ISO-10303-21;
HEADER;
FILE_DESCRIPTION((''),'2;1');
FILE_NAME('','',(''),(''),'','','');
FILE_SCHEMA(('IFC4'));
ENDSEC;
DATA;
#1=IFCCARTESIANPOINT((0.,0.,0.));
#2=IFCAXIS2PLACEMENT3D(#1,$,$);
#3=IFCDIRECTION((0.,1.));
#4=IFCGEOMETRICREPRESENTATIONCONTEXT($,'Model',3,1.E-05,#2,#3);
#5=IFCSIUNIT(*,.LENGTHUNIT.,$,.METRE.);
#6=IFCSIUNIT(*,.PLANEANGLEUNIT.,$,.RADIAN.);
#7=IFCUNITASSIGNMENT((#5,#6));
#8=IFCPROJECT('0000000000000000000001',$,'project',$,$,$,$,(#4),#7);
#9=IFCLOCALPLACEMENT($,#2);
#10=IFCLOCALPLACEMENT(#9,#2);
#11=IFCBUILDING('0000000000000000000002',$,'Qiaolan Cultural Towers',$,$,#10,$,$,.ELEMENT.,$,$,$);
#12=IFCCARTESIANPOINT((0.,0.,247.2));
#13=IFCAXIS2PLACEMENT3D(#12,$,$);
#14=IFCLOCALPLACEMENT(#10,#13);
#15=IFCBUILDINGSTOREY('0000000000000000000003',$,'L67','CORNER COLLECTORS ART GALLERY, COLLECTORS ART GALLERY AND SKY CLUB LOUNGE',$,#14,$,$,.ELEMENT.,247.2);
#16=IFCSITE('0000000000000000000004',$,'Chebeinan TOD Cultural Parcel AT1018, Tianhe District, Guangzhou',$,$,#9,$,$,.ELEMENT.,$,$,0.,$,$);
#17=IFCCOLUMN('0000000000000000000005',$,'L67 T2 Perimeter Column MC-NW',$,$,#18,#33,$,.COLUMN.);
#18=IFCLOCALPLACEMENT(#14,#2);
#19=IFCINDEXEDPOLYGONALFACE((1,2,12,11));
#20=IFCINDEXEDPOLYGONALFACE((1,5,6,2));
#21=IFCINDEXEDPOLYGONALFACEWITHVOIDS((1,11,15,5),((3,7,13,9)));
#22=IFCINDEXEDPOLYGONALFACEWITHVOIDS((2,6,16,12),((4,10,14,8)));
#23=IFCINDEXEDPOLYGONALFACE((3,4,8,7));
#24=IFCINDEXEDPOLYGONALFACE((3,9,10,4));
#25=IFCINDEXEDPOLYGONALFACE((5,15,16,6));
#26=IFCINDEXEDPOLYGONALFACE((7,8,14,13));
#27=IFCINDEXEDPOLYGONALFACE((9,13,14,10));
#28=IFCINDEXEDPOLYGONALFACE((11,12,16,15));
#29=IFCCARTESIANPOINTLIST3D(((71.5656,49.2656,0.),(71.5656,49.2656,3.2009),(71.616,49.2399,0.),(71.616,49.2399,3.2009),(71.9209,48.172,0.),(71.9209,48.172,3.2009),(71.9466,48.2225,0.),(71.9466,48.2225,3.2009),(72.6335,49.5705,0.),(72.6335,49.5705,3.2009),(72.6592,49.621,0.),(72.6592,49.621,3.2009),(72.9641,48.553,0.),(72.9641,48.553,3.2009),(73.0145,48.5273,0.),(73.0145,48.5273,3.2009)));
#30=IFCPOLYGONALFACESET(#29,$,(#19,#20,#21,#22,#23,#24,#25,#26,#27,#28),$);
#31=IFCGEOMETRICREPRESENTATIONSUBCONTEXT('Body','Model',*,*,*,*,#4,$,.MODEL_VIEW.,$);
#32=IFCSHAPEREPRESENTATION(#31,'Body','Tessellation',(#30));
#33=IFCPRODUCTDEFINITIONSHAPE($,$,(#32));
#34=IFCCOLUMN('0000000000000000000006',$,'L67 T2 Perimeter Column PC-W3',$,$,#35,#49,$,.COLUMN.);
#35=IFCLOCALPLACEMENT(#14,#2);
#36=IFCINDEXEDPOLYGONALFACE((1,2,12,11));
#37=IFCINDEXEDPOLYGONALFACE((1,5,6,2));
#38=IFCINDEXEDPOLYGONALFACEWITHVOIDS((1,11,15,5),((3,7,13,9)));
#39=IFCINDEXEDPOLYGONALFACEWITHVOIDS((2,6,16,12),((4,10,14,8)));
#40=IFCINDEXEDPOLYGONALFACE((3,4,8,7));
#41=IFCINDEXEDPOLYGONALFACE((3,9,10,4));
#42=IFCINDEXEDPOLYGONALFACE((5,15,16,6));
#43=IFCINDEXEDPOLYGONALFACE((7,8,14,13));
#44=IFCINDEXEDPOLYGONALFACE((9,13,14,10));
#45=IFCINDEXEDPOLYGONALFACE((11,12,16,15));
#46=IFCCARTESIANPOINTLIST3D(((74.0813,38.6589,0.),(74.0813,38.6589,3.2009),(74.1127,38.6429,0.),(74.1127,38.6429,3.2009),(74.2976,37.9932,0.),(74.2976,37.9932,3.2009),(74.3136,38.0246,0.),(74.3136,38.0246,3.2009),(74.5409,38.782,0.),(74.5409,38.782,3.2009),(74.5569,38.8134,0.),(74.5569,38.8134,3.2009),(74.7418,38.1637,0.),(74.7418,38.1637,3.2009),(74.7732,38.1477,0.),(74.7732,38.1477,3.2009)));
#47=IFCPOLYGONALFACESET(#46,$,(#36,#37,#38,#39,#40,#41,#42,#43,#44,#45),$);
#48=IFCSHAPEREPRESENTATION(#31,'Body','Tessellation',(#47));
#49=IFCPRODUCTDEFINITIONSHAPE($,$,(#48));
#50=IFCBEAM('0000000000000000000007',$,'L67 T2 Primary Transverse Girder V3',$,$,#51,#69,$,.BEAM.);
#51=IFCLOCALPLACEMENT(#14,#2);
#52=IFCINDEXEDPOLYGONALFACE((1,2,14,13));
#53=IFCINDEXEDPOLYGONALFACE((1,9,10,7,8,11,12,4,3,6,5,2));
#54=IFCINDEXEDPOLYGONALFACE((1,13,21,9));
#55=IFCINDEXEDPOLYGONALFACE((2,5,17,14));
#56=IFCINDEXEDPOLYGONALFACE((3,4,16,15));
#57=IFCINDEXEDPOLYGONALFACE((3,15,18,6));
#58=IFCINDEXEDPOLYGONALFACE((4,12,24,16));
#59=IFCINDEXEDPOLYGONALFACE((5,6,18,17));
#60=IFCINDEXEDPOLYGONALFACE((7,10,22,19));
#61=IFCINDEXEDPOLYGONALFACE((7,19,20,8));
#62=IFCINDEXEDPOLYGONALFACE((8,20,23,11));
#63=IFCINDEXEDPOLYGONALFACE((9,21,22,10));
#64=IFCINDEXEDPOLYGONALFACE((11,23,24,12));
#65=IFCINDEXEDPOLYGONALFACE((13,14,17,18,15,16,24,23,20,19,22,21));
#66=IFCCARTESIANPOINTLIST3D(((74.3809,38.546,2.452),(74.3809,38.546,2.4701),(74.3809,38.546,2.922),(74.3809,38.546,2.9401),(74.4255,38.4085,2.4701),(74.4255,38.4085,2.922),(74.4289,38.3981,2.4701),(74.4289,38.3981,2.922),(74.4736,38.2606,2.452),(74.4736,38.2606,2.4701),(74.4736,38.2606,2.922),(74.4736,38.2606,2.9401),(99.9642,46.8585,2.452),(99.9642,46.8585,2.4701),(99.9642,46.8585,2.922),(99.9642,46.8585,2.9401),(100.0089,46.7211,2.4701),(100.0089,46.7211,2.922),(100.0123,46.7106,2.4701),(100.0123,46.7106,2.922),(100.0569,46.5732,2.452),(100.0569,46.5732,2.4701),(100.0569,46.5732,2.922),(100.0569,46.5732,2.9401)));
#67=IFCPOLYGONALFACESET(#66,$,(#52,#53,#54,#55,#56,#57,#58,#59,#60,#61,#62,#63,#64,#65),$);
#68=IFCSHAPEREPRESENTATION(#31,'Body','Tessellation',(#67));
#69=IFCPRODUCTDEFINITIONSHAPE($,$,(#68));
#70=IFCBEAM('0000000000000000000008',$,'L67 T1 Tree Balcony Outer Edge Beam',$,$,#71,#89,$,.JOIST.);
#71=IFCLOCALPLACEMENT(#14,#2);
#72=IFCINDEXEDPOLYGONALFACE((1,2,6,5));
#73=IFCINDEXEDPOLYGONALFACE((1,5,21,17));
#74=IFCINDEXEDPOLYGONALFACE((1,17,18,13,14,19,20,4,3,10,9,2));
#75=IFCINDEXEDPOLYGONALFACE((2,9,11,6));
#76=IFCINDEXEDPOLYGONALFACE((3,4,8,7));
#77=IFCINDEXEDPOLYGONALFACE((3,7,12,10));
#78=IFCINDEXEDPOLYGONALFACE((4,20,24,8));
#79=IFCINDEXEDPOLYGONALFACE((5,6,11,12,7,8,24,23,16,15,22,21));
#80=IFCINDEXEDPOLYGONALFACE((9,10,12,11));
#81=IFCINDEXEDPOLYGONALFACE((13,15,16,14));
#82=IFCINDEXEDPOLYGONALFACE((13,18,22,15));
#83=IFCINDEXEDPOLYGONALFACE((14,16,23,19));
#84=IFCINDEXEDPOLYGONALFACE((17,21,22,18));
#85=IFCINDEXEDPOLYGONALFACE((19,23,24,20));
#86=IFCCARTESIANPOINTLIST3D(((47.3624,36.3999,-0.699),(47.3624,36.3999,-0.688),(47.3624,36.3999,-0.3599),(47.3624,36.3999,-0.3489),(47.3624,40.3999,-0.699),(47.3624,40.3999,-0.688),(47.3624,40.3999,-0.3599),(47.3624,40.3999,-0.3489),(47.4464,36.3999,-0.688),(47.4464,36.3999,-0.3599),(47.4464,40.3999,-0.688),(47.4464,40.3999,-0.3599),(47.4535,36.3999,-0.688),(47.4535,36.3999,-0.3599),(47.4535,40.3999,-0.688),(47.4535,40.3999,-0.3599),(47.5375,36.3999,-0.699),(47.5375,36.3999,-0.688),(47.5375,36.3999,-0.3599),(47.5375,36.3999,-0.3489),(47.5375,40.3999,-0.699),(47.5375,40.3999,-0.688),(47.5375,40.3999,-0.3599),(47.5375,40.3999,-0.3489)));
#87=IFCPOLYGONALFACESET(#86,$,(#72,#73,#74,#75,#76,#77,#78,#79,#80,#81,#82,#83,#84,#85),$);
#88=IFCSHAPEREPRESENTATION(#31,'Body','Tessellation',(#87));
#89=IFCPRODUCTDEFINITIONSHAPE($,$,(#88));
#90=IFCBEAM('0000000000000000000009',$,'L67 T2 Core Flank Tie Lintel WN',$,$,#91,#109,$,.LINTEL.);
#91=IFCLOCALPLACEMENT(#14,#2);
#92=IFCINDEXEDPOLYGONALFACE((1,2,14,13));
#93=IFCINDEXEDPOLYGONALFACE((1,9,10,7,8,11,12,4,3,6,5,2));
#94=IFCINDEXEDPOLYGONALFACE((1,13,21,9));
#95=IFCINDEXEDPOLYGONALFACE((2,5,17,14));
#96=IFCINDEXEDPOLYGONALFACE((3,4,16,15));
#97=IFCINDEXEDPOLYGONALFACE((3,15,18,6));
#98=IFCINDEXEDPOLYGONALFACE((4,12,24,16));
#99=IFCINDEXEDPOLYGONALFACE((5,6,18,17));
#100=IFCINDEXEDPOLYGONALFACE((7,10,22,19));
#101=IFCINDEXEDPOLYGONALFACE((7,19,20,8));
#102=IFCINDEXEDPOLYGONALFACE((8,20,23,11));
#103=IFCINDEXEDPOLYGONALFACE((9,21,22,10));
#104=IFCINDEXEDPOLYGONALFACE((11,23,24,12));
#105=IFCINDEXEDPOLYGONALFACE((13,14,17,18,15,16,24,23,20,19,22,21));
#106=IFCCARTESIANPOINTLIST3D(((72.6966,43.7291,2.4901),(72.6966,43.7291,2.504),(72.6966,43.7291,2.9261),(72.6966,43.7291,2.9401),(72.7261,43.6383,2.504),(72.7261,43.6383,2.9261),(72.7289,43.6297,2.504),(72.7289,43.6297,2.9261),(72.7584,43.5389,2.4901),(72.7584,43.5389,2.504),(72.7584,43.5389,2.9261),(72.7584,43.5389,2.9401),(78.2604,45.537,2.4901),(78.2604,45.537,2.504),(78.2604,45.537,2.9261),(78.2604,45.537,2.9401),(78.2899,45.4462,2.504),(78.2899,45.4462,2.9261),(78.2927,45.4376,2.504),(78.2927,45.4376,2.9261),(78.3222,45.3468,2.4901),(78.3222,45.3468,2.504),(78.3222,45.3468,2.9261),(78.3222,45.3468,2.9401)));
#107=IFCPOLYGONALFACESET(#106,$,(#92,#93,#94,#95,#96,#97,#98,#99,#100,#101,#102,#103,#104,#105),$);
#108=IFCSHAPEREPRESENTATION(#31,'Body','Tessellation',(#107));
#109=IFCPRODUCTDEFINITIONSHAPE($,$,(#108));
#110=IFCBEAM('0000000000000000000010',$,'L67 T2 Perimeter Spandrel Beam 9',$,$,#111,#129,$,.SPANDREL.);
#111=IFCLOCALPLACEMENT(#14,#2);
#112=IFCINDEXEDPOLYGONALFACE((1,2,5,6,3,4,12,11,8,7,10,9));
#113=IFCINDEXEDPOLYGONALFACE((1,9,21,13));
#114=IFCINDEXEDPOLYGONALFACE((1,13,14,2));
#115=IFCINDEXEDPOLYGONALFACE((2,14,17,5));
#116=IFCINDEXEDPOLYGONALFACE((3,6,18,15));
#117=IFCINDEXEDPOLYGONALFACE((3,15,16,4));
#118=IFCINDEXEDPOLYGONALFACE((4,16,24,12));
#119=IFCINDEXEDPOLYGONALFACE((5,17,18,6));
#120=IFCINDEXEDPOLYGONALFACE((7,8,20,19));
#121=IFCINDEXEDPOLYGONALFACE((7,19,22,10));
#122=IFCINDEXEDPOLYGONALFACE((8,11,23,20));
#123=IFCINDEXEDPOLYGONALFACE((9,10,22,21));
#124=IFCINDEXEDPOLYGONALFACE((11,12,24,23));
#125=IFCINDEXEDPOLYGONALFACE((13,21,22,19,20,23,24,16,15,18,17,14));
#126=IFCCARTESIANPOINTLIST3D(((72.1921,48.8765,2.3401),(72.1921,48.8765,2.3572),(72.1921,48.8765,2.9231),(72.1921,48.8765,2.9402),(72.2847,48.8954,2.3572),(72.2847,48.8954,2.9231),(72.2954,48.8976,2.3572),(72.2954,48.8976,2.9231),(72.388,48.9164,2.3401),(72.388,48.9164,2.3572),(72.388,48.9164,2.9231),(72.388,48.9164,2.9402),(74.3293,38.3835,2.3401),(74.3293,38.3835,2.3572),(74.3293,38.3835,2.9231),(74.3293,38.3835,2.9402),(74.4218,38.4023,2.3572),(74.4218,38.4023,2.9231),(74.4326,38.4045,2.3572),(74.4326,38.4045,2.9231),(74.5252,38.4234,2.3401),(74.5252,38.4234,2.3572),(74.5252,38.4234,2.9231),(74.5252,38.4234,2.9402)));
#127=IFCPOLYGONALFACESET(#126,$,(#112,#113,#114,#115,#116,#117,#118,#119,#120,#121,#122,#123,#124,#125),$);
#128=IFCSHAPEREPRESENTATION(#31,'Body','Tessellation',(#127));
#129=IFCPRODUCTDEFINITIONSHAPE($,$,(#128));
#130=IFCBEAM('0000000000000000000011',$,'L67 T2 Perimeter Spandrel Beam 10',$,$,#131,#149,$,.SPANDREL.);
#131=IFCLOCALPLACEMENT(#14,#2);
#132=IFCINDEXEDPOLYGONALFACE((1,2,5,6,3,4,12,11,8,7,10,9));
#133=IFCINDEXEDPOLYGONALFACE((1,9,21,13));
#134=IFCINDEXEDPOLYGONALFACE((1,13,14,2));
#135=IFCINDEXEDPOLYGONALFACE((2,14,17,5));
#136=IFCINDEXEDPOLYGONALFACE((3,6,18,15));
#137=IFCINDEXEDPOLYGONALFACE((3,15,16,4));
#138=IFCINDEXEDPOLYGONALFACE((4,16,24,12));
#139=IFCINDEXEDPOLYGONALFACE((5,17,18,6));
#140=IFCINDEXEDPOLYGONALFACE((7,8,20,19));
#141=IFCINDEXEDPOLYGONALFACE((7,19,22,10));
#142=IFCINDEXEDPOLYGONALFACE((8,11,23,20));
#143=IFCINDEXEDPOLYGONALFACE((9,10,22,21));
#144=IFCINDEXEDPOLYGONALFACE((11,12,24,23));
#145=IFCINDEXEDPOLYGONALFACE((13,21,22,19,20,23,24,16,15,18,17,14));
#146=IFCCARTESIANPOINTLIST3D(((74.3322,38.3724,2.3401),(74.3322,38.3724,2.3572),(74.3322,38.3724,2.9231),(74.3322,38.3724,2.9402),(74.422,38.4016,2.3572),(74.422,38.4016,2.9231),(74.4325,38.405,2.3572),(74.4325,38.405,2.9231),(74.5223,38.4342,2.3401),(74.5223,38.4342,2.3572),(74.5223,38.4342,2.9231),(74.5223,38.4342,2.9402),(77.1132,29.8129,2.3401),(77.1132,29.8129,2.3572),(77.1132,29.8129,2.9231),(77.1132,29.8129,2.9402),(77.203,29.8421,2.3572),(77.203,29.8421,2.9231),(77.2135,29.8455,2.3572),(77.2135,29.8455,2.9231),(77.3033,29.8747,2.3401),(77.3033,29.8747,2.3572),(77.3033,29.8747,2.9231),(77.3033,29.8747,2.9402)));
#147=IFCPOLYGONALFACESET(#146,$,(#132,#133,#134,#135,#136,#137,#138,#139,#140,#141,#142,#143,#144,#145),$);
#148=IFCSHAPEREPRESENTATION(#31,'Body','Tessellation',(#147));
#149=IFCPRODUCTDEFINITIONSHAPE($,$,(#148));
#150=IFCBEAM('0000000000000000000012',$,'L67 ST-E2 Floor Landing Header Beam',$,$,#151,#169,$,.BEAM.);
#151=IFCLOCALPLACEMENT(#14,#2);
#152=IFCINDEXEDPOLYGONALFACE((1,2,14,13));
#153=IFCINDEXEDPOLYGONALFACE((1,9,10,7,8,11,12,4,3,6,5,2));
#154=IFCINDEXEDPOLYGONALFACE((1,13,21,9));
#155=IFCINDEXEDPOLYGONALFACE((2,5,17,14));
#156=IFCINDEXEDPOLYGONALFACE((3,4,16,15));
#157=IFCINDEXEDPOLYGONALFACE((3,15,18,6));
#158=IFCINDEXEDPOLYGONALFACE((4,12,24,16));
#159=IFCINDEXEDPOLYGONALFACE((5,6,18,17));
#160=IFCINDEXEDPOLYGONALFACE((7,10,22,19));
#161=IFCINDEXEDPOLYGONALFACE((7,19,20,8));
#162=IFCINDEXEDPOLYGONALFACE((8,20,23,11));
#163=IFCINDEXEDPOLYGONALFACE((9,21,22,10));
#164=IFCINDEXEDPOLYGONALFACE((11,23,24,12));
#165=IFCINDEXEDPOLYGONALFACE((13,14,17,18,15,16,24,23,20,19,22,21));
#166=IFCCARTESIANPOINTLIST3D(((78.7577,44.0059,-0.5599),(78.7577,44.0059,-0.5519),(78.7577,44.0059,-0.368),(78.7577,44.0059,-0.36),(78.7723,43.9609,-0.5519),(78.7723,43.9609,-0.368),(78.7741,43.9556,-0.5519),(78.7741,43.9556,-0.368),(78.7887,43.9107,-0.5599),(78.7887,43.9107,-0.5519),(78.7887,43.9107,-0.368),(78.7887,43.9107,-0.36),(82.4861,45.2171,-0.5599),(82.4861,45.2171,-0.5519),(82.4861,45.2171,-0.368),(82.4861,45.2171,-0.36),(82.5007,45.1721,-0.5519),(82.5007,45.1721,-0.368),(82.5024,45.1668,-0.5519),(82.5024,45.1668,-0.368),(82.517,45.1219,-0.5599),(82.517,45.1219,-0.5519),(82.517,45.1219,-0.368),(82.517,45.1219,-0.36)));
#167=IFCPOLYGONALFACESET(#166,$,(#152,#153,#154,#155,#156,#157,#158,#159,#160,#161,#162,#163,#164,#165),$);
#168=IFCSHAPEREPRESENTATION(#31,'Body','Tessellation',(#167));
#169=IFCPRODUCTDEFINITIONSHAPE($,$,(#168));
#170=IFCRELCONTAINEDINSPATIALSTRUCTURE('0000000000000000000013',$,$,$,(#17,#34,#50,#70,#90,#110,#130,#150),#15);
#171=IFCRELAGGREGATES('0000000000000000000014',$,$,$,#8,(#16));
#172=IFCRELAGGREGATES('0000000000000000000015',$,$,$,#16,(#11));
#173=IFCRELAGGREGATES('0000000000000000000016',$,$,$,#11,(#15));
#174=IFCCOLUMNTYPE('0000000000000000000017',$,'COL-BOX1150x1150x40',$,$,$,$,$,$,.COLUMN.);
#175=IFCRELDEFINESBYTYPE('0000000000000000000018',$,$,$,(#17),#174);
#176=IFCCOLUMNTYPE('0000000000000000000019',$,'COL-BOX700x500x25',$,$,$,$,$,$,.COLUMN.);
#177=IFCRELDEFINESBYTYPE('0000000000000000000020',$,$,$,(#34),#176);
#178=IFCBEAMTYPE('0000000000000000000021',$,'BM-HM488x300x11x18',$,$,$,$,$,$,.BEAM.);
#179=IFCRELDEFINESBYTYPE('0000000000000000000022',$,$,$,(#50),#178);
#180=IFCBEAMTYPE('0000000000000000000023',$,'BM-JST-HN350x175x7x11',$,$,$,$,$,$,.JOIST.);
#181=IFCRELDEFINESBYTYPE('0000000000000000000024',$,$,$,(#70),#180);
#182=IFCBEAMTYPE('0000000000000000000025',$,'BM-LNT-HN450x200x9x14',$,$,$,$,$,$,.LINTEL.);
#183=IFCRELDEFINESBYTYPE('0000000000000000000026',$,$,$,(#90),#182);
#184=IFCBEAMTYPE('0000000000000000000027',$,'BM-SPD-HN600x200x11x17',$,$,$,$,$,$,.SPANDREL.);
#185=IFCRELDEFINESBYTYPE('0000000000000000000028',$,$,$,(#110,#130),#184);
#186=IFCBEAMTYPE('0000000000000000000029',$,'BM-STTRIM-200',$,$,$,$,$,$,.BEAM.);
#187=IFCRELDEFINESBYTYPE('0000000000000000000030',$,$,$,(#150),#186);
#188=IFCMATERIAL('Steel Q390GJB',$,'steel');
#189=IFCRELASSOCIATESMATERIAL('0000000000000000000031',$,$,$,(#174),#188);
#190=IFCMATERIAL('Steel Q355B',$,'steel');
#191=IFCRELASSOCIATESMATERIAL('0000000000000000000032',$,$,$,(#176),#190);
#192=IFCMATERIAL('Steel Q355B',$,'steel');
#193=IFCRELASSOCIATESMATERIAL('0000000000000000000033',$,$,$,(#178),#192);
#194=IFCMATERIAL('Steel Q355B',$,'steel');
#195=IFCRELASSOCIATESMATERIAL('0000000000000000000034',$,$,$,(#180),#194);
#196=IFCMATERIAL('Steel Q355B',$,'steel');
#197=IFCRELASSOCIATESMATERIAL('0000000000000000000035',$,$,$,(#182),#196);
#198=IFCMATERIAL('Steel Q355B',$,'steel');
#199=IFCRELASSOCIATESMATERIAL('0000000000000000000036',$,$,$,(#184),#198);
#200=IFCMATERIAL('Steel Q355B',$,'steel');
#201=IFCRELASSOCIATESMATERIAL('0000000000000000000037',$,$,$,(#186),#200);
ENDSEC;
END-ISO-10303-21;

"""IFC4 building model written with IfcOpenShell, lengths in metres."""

from ifc_helpers import new_model, si_unit, direction, frame, origin, origin_2d, place, context, subcontext, project, spatial, hollow_rectangle, i_section, extrude, material, material_profile, profile_set, type_object, element, save


model = new_model("IFC4")

# Units and contexts
model_context = context("Model", 3, precision=1e-05, world=origin(), true_north=direction((0.0, 1.0)))
body_context = subcontext(model_context, "Body", "Model", "MODEL_VIEW")
ifc_project = project(units=[si_unit("LENGTHUNIT", "METRE"), si_unit("PLANEANGLEUNIT", "RADIAN")], contexts=[model_context])

# Site, building, storey
site_placement = place(None, origin())
site = spatial("IfcSite", under=ifc_project, at=site_placement, Name="Chebeinan TOD Cultural Parcel AT1018, Tianhe District, Guangzhou", CompositionType="ELEMENT", RefElevation=0.0)
building_placement = place(site_placement, origin())
building = spatial("IfcBuilding", under=site, at=building_placement, Name="Qiaolan Cultural Towers", CompositionType="ELEMENT")
storey_placement = place(building_placement, frame((0.0, 0.0, 247.2)))
storey = spatial("IfcBuildingStorey", under=building, at=storey_placement, Name="L67", Description="CORNER COLLECTORS ART GALLERY, COLLECTORS ART GALLERY AND SKY CLUB LOUNGE", CompositionType="ELEMENT", Elevation=247.2)

# Columns
ifc_material_1 = material(Name="Steel Q390GJB", Category="steel")
ifc_material_profile_1 = material_profile(ifc_material_1, hollow_rectangle(XDim=1.1499, YDim=1.1499, WallThickness=0.04, at=origin_2d()), Name="BOX1150x1150x40")
ifc_profile_set_1 = profile_set([ifc_material_profile_1], Name="Steel Q390GJB")
column_type_1 = type_object("IfcColumnType", Name="COL-BOX1150x1150x40", PredefinedType="COLUMN", material=ifc_profile_set_1)
column_1_placement = place(storey_placement, frame((72.29, 48.8965, 0.0), z_axis=(0.0, 0.0, 1.0), x_axis=(0.951057, 0.309017, 0.0)))
element("IfcColumn", 1, at=column_1_placement, inside=storey, type_object=column_type_1, Name="L67 T2 Perimeter Column MC-NW", PredefinedType="COLUMN", context=body_context, shape_type="SweptSolid", body=[
    extrude(hollow_rectangle(XDim=1.1499, YDim=1.1499, WallThickness=0.04, at=origin_2d()), origin(), (0.0, 0.0, 1.0), 3.2009),
])
ifc_material_2 = material(Name="Steel Q355B", Category="steel")
ifc_material_profile_2 = material_profile(ifc_material_2, hollow_rectangle(XDim=0.5, YDim=0.7, WallThickness=0.0249, at=origin_2d()), Name="BOX700x500x25")
ifc_profile_set_2 = profile_set([ifc_material_profile_2], Name="Steel Q355B")
column_type_2 = type_object("IfcColumnType", Name="COL-BOX700x500x25", PredefinedType="COLUMN", material=ifc_profile_set_2)
column_2_placement = place(storey_placement, frame((74.4272, 38.4033, 0.0), z_axis=(0.0, 0.0, 1.0), x_axis=(0.951057, 0.309017, 0.0)))
element("IfcColumn", 2, at=column_2_placement, inside=storey, type_object=column_type_2, Name="L67 T2 Perimeter Column PC-W3", PredefinedType="COLUMN", context=body_context, shape_type="SweptSolid", body=[
    extrude(hollow_rectangle(XDim=0.5, YDim=0.7, WallThickness=0.0249, at=origin_2d()), origin(), (0.0, 0.0, 1.0), 3.2009),
])

# Beams
ifc_material_3 = material(Name="Steel Q355B", Category="steel")
ifc_material_profile_3 = material_profile(ifc_material_3, i_section(OverallWidth=0.3, OverallDepth=0.488, WebThickness=0.011, FlangeThickness=0.0181, at=origin_2d()), Name="HM488x300x11x18")
ifc_profile_set_3 = profile_set([ifc_material_profile_3], Name="Steel Q355B")
beam_type_1 = type_object("IfcBeamType", Name="BM-HM488x300x11x18", PredefinedType="BEAM", material=ifc_profile_set_3)
beam_1_placement = place(storey_placement, frame((74.4272, 38.4033, 2.696), z_axis=(0.951057, 0.309017, 0.0), x_axis=(-0.309017, 0.951057, 0.0)))
element("IfcBeam", 3, at=beam_1_placement, inside=storey, type_object=beam_type_1, Name="L67 T2 Primary Transverse Girder V3", PredefinedType="BEAM", context=body_context, shape_type="SweptSolid", body=[
    extrude(i_section(OverallWidth=0.3, OverallDepth=0.488, WebThickness=0.011, FlangeThickness=0.0181, at=origin_2d()), origin(), (0.0, 0.0, 1.0), 26.8999),
])
ifc_material_4 = material(Name="Steel Q355B", Category="steel")
ifc_material_profile_4 = material_profile(ifc_material_4, i_section(OverallWidth=0.175, OverallDepth=0.3501, WebThickness=0.0071, FlangeThickness=0.011, at=origin_2d()), Name="HN350x175x7x11")
ifc_profile_set_4 = profile_set([ifc_material_profile_4], Name="Steel Q355B")
beam_type_2 = type_object("IfcBeamType", Name="BM-JST-HN350x175x7x11", PredefinedType="JOIST", material=ifc_profile_set_4)
beam_2_placement = place(storey_placement, frame((47.45, 36.3999, -0.5239), z_axis=(0.0, 1.0, 0.0), x_axis=(-1.0, 0.0, 0.0)))
element("IfcBeam", 4, at=beam_2_placement, inside=storey, type_object=beam_type_2, Name="L67 T1 Tree Balcony Outer Edge Beam", PredefinedType="JOIST", context=body_context, shape_type="SweptSolid", body=[
    extrude(i_section(OverallWidth=0.175, OverallDepth=0.3501, WebThickness=0.0071, FlangeThickness=0.011, at=origin_2d()), origin(), (0.0, 0.0, 1.0), 4.0),
])
ifc_material_5 = material(Name="Steel Q355B", Category="steel")
ifc_material_profile_5 = material_profile(ifc_material_5, i_section(OverallWidth=0.2, OverallDepth=0.45, WebThickness=0.009, FlangeThickness=0.0139, at=origin_2d()), Name="HN450x200x9x14")
ifc_profile_set_5 = profile_set([ifc_material_profile_5], Name="Steel Q355B")
beam_type_3 = type_object("IfcBeamType", Name="BM-LNT-HN450x200x9x14", PredefinedType="LINTEL", material=ifc_profile_set_5)
beam_3_placement = place(storey_placement, frame((78.2913, 45.4419, 2.7151), z_axis=(-0.951052, -0.309032, 0.0), x_axis=(0.309032, -0.951052, 0.0)))
element("IfcBeam", 5, at=beam_3_placement, inside=storey, type_object=beam_type_3, Name="L67 T2 Core Flank Tie Lintel WN", PredefinedType="LINTEL", context=body_context, shape_type="SweptSolid", body=[
    extrude(i_section(OverallWidth=0.2, OverallDepth=0.45, WebThickness=0.009, FlangeThickness=0.0139, at=origin_2d()), origin(), (0.0, 0.0, 1.0), 5.8501),
])
ifc_material_6 = material(Name="Steel Q355B", Category="steel")
ifc_material_profile_6 = material_profile(ifc_material_6, i_section(OverallWidth=0.2, OverallDepth=0.6001, WebThickness=0.011, FlangeThickness=0.0171, at=origin_2d()), Name="HN600x200x11x17")
ifc_profile_set_6 = profile_set([ifc_material_profile_6], Name="Steel Q355B")
beam_type_4 = type_object("IfcBeamType", Name="BM-SPD-HN600x200x11x17", PredefinedType="SPANDREL", material=ifc_profile_set_6)
beam_4_placement = place(storey_placement, frame((72.29, 48.8965, 2.6401), z_axis=(0.199579, -0.979882, 0.0), x_axis=(0.979882, 0.199579, 0.0)))
element("IfcBeam", 6, at=beam_4_placement, inside=storey, type_object=beam_type_4, Name="L67 T2 Perimeter Spandrel Beam 9", PredefinedType="SPANDREL", context=body_context, shape_type="SweptSolid", body=[
    extrude(i_section(OverallWidth=0.2, OverallDepth=0.6001, WebThickness=0.011, FlangeThickness=0.0171, at=origin_2d()), origin(), (0.0, 0.0, 1.0), 10.7085),
])
beam_5_placement = place(storey_placement, frame((74.4272, 38.4033, 2.6401), z_axis=(0.309, -0.951062, 0.0), x_axis=(0.951062, 0.309, 0.0)))
element("IfcBeam", 7, at=beam_5_placement, inside=storey, type_object=beam_type_4, Name="L67 T2 Perimeter Spandrel Beam 10", PredefinedType="SPANDREL", context=body_context, shape_type="SweptSolid", body=[
    extrude(i_section(OverallWidth=0.2, OverallDepth=0.6001, WebThickness=0.011, FlangeThickness=0.0171, at=origin_2d()), origin(), (0.0, 0.0, 1.0), 9.0),
])
ifc_material_7 = material(Name="Steel Q355B", Category="steel")
ifc_material_profile_7 = material_profile(ifc_material_7, i_section(OverallWidth=0.1001, OverallDepth=0.2, WebThickness=0.0056, FlangeThickness=0.0081, at=origin_2d()), Name="HN200x100x5.5x8")
ifc_profile_set_7 = profile_set([ifc_material_profile_7], Name="Steel Q355B")
beam_type_5 = type_object("IfcBeamType", Name="BM-STTRIM-200", PredefinedType="BEAM", material=ifc_profile_set_7)
beam_6_placement = place(storey_placement, frame((78.7732, 43.9583, -0.46), z_axis=(0.951072, 0.308969, 0.0), x_axis=(-0.308969, 0.951072, 0.0)))
element("IfcBeam", 8, at=beam_6_placement, inside=storey, type_object=beam_type_5, Name="L67 ST-E2 Floor Landing Header Beam", PredefinedType="BEAM", context=body_context, shape_type="SweptSolid", body=[
    extrude(i_section(OverallWidth=0.1001, OverallDepth=0.2, WebThickness=0.0056, FlangeThickness=0.0081, at=origin_2d()), origin(), (0.0, 0.0, 1.0), 3.9202),
])

save(model, "model.ifc")
